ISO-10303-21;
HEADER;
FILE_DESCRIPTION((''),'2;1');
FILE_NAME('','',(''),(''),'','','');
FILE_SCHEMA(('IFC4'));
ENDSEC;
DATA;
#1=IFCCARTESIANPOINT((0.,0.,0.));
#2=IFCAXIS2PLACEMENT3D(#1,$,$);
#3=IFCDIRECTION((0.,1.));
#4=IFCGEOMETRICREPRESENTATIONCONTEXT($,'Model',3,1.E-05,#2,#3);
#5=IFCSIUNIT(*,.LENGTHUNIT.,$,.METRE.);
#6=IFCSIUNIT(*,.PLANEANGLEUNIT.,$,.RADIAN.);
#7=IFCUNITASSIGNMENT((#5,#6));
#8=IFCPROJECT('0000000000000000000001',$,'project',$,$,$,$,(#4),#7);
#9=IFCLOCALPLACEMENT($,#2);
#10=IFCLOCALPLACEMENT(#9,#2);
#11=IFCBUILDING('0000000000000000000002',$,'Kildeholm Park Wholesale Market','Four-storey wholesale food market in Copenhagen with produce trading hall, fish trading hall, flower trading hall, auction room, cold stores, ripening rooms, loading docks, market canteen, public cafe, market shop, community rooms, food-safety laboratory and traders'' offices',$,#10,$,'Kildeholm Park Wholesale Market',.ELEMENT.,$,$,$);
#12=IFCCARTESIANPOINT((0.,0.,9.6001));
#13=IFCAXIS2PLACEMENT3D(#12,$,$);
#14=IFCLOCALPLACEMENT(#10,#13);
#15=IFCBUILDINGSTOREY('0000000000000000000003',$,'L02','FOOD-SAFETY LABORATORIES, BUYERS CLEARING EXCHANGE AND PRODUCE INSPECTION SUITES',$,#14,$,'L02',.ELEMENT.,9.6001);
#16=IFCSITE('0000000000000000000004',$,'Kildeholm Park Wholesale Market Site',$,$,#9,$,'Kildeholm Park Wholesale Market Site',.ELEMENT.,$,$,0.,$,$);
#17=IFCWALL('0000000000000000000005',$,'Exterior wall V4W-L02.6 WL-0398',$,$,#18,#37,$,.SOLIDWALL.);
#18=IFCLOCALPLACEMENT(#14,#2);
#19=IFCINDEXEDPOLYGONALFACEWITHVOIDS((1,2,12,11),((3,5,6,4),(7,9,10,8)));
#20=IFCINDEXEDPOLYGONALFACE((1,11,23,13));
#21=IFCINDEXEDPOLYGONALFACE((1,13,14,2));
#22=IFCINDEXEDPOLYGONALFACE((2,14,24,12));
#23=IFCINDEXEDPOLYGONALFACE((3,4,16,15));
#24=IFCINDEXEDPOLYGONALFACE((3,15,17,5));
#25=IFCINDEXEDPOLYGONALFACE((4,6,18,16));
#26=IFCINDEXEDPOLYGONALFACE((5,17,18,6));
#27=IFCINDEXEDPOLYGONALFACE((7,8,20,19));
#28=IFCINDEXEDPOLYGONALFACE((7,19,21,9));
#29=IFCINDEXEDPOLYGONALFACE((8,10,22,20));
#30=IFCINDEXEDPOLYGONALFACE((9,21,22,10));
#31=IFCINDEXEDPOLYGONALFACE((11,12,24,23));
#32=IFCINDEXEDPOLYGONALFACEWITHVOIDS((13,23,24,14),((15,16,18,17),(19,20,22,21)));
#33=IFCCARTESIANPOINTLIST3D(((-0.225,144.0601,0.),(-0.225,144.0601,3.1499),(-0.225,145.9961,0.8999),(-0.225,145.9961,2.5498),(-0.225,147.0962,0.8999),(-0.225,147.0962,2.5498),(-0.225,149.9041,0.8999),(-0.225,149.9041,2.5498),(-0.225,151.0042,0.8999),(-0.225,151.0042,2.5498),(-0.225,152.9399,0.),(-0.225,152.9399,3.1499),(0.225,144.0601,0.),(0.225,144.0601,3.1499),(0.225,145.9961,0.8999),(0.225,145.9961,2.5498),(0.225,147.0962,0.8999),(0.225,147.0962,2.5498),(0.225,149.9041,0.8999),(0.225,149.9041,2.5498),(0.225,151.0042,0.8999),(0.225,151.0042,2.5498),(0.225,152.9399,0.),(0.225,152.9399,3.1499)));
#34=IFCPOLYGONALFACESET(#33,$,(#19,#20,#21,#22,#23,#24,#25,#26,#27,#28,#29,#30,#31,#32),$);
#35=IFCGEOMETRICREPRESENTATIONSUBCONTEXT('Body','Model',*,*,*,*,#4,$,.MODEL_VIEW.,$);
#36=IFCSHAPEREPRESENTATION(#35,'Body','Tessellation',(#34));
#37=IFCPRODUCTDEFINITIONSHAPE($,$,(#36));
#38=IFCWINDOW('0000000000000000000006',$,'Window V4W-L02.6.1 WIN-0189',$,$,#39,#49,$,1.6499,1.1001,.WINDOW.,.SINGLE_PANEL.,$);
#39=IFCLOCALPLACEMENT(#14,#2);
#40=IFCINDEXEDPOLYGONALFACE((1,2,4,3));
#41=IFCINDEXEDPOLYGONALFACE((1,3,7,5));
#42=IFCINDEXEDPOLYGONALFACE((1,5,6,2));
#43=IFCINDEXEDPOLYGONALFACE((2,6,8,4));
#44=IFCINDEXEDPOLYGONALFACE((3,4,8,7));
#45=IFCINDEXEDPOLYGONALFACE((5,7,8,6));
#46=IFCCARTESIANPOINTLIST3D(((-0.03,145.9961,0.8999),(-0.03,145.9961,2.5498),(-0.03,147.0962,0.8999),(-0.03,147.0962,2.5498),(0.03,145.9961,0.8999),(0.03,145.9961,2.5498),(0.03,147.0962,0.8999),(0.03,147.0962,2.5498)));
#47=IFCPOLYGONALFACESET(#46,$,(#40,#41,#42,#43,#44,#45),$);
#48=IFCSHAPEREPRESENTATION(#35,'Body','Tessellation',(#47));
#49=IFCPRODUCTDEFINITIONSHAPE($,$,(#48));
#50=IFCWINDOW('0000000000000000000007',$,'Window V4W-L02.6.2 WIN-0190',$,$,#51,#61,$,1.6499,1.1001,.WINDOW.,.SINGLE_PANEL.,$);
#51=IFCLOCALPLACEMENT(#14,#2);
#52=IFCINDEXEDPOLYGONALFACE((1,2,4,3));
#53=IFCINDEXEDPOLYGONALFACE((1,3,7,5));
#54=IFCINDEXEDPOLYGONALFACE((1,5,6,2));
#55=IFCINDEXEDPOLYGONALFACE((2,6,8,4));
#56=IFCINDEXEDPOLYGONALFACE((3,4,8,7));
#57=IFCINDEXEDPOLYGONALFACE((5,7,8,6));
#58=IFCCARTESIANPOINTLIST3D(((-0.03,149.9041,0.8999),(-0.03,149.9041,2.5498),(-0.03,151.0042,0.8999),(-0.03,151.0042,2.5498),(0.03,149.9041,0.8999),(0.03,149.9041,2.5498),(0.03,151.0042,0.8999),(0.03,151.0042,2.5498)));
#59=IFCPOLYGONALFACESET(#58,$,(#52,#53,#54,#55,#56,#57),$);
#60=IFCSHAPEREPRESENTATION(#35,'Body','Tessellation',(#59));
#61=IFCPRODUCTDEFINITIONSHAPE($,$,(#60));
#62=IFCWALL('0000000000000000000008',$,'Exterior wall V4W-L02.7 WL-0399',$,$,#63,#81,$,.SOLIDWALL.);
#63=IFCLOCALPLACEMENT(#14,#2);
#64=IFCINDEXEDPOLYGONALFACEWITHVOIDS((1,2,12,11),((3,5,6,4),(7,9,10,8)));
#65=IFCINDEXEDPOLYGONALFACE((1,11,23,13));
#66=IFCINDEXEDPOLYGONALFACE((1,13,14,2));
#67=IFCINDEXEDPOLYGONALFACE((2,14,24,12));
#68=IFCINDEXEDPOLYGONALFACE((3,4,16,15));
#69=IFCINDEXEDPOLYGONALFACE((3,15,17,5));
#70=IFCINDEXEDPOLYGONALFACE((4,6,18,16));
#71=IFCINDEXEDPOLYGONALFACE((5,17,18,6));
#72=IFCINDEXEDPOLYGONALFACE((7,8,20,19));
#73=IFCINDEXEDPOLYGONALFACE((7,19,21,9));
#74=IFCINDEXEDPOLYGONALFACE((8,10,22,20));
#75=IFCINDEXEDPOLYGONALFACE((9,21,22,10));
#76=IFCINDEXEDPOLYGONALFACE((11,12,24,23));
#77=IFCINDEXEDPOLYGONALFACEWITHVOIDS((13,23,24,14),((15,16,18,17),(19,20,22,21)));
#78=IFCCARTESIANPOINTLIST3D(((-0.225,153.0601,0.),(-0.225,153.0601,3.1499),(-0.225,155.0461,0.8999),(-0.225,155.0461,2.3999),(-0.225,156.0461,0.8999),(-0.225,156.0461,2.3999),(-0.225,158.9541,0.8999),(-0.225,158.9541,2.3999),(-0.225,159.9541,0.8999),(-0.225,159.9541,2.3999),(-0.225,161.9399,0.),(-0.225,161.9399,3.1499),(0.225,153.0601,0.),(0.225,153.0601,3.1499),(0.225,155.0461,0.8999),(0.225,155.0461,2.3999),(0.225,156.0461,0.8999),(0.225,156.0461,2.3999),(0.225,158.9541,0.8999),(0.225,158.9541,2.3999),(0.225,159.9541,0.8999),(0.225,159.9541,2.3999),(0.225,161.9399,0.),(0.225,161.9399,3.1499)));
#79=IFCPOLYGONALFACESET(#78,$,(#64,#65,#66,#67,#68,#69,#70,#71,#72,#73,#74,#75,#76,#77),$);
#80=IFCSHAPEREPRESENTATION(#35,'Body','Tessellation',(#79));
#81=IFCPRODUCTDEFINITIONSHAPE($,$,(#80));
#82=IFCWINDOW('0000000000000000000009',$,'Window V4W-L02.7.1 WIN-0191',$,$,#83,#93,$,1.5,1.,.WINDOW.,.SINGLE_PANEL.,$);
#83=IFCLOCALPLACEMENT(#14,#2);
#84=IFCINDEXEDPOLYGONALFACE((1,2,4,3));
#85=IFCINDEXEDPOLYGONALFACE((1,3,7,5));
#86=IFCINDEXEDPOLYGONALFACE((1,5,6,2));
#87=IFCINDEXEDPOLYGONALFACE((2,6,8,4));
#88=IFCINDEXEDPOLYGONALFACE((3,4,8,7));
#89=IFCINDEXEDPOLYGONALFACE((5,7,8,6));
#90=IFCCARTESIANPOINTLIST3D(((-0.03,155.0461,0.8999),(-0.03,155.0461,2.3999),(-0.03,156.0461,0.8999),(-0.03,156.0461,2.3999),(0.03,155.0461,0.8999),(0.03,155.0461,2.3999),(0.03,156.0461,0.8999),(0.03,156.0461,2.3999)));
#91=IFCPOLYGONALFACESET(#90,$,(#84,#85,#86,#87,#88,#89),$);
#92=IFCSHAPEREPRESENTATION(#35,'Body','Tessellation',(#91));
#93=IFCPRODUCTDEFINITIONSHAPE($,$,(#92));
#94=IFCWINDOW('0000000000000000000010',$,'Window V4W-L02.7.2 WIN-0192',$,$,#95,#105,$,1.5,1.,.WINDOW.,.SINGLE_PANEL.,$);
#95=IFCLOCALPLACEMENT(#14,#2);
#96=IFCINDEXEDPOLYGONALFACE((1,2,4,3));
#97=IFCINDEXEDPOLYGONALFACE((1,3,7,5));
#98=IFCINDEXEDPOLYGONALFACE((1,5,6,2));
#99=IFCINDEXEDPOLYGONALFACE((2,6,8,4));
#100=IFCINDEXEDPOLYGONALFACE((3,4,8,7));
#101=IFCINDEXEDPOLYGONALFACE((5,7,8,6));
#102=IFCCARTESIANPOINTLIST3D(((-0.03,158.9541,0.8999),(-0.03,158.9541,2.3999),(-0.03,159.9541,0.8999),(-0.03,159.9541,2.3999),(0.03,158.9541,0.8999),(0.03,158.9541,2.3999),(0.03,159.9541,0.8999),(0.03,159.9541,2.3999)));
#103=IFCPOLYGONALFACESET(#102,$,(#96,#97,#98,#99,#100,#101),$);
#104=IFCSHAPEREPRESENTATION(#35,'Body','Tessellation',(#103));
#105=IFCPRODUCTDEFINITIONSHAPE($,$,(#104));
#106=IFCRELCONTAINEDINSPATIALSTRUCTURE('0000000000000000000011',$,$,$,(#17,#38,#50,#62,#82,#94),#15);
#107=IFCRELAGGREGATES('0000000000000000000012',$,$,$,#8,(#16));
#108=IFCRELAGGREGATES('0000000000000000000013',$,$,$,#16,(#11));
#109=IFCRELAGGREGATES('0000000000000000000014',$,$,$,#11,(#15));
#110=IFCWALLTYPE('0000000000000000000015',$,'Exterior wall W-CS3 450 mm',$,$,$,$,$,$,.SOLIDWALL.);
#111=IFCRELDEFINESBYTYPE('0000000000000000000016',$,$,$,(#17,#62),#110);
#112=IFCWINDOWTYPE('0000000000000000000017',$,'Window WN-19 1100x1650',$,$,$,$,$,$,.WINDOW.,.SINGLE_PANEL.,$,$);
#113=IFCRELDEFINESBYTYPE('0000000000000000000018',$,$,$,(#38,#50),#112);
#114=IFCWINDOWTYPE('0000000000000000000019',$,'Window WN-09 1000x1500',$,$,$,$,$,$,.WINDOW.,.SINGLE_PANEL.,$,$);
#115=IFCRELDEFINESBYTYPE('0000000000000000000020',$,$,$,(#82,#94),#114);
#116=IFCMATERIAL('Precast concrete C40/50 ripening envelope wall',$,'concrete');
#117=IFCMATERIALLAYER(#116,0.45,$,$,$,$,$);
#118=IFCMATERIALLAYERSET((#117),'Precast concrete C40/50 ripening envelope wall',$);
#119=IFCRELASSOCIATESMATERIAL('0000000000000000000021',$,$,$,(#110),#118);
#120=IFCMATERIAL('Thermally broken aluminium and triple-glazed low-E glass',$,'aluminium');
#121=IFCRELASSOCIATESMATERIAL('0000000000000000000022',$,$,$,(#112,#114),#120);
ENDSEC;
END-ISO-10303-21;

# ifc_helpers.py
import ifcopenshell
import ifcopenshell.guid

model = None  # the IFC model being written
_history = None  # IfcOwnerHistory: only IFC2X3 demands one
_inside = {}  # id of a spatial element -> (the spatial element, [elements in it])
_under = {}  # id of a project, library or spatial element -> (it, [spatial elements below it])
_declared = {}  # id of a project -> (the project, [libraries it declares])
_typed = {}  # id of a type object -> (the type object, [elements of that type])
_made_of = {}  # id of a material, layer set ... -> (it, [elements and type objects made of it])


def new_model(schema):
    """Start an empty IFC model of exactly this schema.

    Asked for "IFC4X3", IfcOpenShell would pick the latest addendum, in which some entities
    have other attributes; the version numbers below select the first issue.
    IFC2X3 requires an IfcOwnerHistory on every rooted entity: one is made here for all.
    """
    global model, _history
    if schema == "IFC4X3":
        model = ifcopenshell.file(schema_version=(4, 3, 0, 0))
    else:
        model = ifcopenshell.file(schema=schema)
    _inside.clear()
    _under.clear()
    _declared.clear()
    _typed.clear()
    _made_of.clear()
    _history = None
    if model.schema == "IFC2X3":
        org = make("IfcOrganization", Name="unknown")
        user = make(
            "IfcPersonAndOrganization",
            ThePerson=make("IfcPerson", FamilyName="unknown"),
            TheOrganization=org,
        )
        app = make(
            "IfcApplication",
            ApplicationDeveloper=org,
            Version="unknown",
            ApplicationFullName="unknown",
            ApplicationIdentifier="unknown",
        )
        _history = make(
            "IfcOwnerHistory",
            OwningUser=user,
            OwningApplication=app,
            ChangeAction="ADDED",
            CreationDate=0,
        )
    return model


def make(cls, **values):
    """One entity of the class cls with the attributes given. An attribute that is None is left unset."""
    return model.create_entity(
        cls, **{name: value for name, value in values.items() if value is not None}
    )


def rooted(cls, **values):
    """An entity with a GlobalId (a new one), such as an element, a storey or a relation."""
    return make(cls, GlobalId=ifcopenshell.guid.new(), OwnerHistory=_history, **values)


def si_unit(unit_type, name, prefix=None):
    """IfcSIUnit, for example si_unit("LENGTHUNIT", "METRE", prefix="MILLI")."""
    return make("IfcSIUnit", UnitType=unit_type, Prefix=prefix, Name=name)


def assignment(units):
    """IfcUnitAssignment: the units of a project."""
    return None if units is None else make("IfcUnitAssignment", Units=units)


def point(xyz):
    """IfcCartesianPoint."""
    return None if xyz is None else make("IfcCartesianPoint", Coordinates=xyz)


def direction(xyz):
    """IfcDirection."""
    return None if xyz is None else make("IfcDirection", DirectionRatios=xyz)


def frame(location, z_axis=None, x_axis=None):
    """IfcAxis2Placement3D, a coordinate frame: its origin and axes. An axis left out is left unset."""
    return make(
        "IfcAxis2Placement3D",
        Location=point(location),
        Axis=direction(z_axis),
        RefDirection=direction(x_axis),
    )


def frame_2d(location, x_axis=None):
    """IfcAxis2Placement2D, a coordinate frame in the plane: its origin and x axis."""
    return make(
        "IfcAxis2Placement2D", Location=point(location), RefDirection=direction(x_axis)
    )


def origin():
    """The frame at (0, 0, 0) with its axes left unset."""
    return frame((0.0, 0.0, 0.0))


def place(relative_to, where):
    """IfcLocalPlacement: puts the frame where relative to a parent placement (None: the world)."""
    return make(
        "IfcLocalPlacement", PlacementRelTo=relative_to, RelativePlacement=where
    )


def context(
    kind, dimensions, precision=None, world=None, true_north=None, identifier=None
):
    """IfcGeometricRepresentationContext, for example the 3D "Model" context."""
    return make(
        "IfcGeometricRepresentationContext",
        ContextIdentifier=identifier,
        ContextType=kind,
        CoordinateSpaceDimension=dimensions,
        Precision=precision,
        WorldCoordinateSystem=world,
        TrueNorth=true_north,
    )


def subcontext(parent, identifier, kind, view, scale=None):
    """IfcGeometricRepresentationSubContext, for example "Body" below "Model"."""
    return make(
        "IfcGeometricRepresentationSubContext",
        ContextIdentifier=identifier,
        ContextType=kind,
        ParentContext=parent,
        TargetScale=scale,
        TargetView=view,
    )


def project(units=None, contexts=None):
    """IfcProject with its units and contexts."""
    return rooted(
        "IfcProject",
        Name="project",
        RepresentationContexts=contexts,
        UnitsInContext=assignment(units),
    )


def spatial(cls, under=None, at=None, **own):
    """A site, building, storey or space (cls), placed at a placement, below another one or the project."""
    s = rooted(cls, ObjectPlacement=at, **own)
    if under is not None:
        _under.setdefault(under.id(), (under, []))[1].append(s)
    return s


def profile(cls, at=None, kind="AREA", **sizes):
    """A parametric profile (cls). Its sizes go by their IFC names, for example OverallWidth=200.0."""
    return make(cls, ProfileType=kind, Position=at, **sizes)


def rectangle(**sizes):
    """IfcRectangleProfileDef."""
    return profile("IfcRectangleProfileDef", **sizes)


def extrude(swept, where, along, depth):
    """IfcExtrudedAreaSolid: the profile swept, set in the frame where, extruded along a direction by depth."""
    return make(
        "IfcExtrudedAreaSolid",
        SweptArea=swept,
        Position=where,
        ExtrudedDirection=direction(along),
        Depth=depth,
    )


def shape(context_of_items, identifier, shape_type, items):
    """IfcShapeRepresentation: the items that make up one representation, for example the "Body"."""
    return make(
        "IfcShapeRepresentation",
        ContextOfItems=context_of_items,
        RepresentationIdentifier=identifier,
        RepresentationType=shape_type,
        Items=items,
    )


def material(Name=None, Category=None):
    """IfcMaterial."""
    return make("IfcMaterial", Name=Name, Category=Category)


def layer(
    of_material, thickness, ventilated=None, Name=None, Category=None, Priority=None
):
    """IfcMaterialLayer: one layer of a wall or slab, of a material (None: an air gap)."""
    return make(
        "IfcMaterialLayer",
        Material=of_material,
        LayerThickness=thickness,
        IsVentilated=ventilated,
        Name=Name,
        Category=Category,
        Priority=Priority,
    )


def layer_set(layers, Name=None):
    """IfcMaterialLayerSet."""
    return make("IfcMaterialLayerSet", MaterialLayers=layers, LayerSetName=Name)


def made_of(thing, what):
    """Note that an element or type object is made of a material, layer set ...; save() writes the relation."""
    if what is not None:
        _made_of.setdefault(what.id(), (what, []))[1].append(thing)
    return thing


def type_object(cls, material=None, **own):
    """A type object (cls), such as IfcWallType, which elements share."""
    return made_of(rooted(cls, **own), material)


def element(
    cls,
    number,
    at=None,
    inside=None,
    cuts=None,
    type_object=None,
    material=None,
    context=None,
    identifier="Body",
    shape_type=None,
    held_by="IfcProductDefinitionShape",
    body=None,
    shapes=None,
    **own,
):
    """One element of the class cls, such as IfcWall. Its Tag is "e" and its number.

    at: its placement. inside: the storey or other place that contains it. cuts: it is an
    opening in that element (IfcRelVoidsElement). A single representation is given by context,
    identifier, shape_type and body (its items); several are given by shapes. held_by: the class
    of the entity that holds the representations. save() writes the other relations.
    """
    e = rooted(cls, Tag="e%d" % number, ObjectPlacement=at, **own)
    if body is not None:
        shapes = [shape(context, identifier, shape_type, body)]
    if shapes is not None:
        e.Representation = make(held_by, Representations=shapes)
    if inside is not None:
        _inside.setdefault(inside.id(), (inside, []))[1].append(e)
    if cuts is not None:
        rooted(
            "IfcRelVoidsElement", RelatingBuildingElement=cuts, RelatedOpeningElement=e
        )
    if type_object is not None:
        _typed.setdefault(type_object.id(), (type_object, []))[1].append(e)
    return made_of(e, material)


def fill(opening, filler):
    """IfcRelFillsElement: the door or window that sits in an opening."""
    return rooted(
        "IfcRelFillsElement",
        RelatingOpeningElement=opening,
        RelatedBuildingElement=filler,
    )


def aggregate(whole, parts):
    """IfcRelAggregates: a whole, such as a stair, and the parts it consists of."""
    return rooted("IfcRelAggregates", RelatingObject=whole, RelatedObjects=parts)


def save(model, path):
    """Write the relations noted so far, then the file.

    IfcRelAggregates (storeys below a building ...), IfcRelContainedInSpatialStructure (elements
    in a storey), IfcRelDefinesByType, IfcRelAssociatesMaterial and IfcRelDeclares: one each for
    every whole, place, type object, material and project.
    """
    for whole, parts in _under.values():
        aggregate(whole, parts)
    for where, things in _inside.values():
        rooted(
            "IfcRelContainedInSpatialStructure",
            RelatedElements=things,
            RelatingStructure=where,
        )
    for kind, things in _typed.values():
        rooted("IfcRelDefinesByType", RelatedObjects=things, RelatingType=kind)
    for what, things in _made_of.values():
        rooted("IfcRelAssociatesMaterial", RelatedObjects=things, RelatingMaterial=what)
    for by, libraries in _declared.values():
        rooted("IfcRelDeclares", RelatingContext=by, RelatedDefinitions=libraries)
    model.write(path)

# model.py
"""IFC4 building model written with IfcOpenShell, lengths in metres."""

from ifc_helpers import new_model, si_unit, direction, frame, frame_2d, origin, place, context, subcontext, project, spatial, rectangle, extrude, material, layer, layer_set, type_object, element, fill, save


model = new_model("IFC4")

# Units and contexts
model_context = context("Model", 3, precision=1e-05, world=origin(), true_north=direction((0.0, 1.0)))
body_context = subcontext(model_context, "Body", "Model", "MODEL_VIEW")
ifc_project = project(units=[si_unit("LENGTHUNIT", "METRE"), si_unit("PLANEANGLEUNIT", "RADIAN")], contexts=[model_context])

# Site, building, storey
site_placement = place(None, origin())
site = spatial("IfcSite", under=ifc_project, at=site_placement, Name="Kildeholm Park Wholesale Market Site", LongName="Kildeholm Park Wholesale Market Site", CompositionType="ELEMENT", RefElevation=0.0)
building_placement = place(site_placement, origin())
building = spatial("IfcBuilding", under=site, at=building_placement, Name="Kildeholm Park Wholesale Market", Description="Four-storey wholesale food market in Copenhagen with produce trading hall, fish trading hall, flower trading hall, auction room, cold stores, ripening rooms, loading docks, market canteen, public cafe, market shop, community rooms, food-safety laboratory and traders' offices", LongName="Kildeholm Park Wholesale Market", CompositionType="ELEMENT")
storey_placement = place(building_placement, frame((0.0, 0.0, 9.6001)))
storey = spatial("IfcBuildingStorey", under=building, at=storey_placement, Name="L02", Description="FOOD-SAFETY LABORATORIES, BUYERS CLEARING EXCHANGE AND PRODUCE INSPECTION SUITES", LongName="L02", CompositionType="ELEMENT", Elevation=9.6001)

# Walls, openings, windows
ifc_material_1 = material(Name="Precast concrete C40/50 ripening envelope wall", Category="concrete")
ifc_layer = layer(ifc_material_1, 0.45)
ifc_layer_set = layer_set([ifc_layer], Name="Precast concrete C40/50 ripening envelope wall")
wall_type = type_object("IfcWallType", Name="Exterior wall W-CS3 450 mm", PredefinedType="SOLIDWALL", material=ifc_layer_set)
wall_1_placement = place(storey_placement, frame((0.0, 144.0601, 0.0), z_axis=(0.0, 0.0, 1.0), x_axis=(0.0, 1.0, 0.0)))
wall_1 = element("IfcWall", 1, at=wall_1_placement, inside=storey, type_object=wall_type, Name="Exterior wall V4W-L02.6 WL-0398", PredefinedType="SOLIDWALL", context=body_context, shape_type="SweptSolid", body=[
    extrude(rectangle(XDim=8.8799, YDim=0.45, at=frame_2d((4.4399, 0.0))), origin(), (0.0, 0.0, 1.0), 3.1499),
])
opening_1_placement = place(wall_1_placement, frame((1.936, 0.0, 0.8999)))
opening_1 = element("IfcOpeningElement", 2, at=opening_1_placement, cuts=wall_1, PredefinedType="OPENING", context=body_context, shape_type="SweptSolid", body=[
    extrude(rectangle(XDim=1.1001, YDim=1.6499, at=frame_2d((0.55, 0.825))), frame((0.0, 0.2349, 0.0), z_axis=(0.0, -1.0, 0.0), x_axis=(1.0, 0.0, 0.0)), (0.0, 0.0, 1.0), 0.47),
])
opening_2_placement = place(wall_1_placement, frame((5.844, 0.0, 0.8999)))
opening_2 = element("IfcOpeningElement", 3, at=opening_2_placement, cuts=wall_1, PredefinedType="OPENING", context=body_context, shape_type="SweptSolid", body=[
    extrude(rectangle(XDim=1.1001, YDim=1.6499, at=frame_2d((0.55, 0.825))), frame((0.0, 0.2349, 0.0), z_axis=(0.0, -1.0, 0.0), x_axis=(1.0, 0.0, 0.0)), (0.0, 0.0, 1.0), 0.47),
])
ifc_material_2 = material(Name="Thermally broken aluminium and triple-glazed low-E glass", Category="aluminium")
window_type_1 = type_object("IfcWindowType", Name="Window WN-19 1100x1650", PartitioningType="SINGLE_PANEL", PredefinedType="WINDOW", material=ifc_material_2)
window_1_placement = place(opening_1_placement, origin())
window_1 = element("IfcWindow", 4, at=window_1_placement, inside=storey, type_object=window_type_1, Name="Window V4W-L02.6.1 WIN-0189", OverallHeight=1.6499, OverallWidth=1.1001, PartitioningType="SINGLE_PANEL", PredefinedType="WINDOW", context=body_context, shape_type="SweptSolid", body=[
    extrude(rectangle(XDim=1.1001, YDim=1.6499, at=frame_2d((0.55, 0.825))), frame((0.0, 0.03, 0.0), z_axis=(0.0, -1.0, 0.0), x_axis=(1.0, 0.0, 0.0)), (0.0, 0.0, 1.0), 0.0601),
])
fill(opening_1, window_1)
window_2_placement = place(opening_2_placement, origin())
window_2 = element("IfcWindow", 5, at=window_2_placement, inside=storey, type_object=window_type_1, Name="Window V4W-L02.6.2 WIN-0190", OverallHeight=1.6499, OverallWidth=1.1001, PartitioningType="SINGLE_PANEL", PredefinedType="WINDOW", context=body_context, shape_type="SweptSolid", body=[
    extrude(rectangle(XDim=1.1001, YDim=1.6499, at=frame_2d((0.55, 0.825))), frame((0.0, 0.03, 0.0), z_axis=(0.0, -1.0, 0.0), x_axis=(1.0, 0.0, 0.0)), (0.0, 0.0, 1.0), 0.0601),
])
fill(opening_2, window_2)
wall_2_placement = place(storey_placement, frame((0.0, 153.0601, 0.0), z_axis=(0.0, 0.0, 1.0), x_axis=(0.0, 1.0, 0.0)))
wall_2 = element("IfcWall", 6, at=wall_2_placement, inside=storey, type_object=wall_type, Name="Exterior wall V4W-L02.7 WL-0399", PredefinedType="SOLIDWALL", context=body_context, shape_type="SweptSolid", body=[
    extrude(rectangle(XDim=8.8799, YDim=0.45, at=frame_2d((4.4399, 0.0))), origin(), (0.0, 0.0, 1.0), 3.1499),
])
opening_3_placement = place(wall_2_placement, frame((1.9861, 0.0, 0.8999)))
opening_3 = element("IfcOpeningElement", 7, at=opening_3_placement, cuts=wall_2, PredefinedType="OPENING", context=body_context, shape_type="SweptSolid", body=[
    extrude(rectangle(XDim=1.0, YDim=1.5, at=frame_2d((0.5, 0.75))), frame((0.0, 0.2349, 0.0), z_axis=(0.0, -1.0, 0.0), x_axis=(1.0, 0.0, 0.0)), (0.0, 0.0, 1.0), 0.47),
])
opening_4_placement = place(wall_2_placement, frame((5.894, 0.0, 0.8999)))
opening_4 = element("IfcOpeningElement", 8, at=opening_4_placement, cuts=wall_2, PredefinedType="OPENING", context=body_context, shape_type="SweptSolid", body=[
    extrude(rectangle(XDim=1.0, YDim=1.5, at=frame_2d((0.5, 0.75))), frame((0.0, 0.2349, 0.0), z_axis=(0.0, -1.0, 0.0), x_axis=(1.0, 0.0, 0.0)), (0.0, 0.0, 1.0), 0.47),
])
window_type_2 = type_object("IfcWindowType", Name="Window WN-09 1000x1500", PartitioningType="SINGLE_PANEL", PredefinedType="WINDOW", material=ifc_material_2)
window_3_placement = place(opening_3_placement, origin())
window_3 = element("IfcWindow", 9, at=window_3_placement, inside=storey, type_object=window_type_2, Name="Window V4W-L02.7.1 WIN-0191", OverallHeight=1.5, OverallWidth=1.0, PartitioningType="SINGLE_PANEL", PredefinedType="WINDOW", context=body_context, shape_type="SweptSolid", body=[
    extrude(rectangle(XDim=1.0, YDim=1.5, at=frame_2d((0.5, 0.75))), frame((0.0, 0.03, 0.0), z_axis=(0.0, -1.0, 0.0), x_axis=(1.0, 0.0, 0.0)), (0.0, 0.0, 1.0), 0.0601),
])
fill(opening_3, window_3)
window_4_placement = place(opening_4_placement, origin())
window_4 = element("IfcWindow", 10, at=window_4_placement, inside=storey, type_object=window_type_2, Name="Window V4W-L02.7.2 WIN-0192", OverallHeight=1.5, OverallWidth=1.0, PartitioningType="SINGLE_PANEL", PredefinedType="WINDOW", context=body_context, shape_type="SweptSolid", body=[
    extrude(rectangle(XDim=1.0, YDim=1.5, at=frame_2d((0.5, 0.75))), frame((0.0, 0.03, 0.0), z_axis=(0.0, -1.0, 0.0), x_axis=(1.0, 0.0, 0.0)), (0.0, 0.0, 1.0), 0.0601),
])
fill(opening_4, window_4)

save(model, "model.ifc")
